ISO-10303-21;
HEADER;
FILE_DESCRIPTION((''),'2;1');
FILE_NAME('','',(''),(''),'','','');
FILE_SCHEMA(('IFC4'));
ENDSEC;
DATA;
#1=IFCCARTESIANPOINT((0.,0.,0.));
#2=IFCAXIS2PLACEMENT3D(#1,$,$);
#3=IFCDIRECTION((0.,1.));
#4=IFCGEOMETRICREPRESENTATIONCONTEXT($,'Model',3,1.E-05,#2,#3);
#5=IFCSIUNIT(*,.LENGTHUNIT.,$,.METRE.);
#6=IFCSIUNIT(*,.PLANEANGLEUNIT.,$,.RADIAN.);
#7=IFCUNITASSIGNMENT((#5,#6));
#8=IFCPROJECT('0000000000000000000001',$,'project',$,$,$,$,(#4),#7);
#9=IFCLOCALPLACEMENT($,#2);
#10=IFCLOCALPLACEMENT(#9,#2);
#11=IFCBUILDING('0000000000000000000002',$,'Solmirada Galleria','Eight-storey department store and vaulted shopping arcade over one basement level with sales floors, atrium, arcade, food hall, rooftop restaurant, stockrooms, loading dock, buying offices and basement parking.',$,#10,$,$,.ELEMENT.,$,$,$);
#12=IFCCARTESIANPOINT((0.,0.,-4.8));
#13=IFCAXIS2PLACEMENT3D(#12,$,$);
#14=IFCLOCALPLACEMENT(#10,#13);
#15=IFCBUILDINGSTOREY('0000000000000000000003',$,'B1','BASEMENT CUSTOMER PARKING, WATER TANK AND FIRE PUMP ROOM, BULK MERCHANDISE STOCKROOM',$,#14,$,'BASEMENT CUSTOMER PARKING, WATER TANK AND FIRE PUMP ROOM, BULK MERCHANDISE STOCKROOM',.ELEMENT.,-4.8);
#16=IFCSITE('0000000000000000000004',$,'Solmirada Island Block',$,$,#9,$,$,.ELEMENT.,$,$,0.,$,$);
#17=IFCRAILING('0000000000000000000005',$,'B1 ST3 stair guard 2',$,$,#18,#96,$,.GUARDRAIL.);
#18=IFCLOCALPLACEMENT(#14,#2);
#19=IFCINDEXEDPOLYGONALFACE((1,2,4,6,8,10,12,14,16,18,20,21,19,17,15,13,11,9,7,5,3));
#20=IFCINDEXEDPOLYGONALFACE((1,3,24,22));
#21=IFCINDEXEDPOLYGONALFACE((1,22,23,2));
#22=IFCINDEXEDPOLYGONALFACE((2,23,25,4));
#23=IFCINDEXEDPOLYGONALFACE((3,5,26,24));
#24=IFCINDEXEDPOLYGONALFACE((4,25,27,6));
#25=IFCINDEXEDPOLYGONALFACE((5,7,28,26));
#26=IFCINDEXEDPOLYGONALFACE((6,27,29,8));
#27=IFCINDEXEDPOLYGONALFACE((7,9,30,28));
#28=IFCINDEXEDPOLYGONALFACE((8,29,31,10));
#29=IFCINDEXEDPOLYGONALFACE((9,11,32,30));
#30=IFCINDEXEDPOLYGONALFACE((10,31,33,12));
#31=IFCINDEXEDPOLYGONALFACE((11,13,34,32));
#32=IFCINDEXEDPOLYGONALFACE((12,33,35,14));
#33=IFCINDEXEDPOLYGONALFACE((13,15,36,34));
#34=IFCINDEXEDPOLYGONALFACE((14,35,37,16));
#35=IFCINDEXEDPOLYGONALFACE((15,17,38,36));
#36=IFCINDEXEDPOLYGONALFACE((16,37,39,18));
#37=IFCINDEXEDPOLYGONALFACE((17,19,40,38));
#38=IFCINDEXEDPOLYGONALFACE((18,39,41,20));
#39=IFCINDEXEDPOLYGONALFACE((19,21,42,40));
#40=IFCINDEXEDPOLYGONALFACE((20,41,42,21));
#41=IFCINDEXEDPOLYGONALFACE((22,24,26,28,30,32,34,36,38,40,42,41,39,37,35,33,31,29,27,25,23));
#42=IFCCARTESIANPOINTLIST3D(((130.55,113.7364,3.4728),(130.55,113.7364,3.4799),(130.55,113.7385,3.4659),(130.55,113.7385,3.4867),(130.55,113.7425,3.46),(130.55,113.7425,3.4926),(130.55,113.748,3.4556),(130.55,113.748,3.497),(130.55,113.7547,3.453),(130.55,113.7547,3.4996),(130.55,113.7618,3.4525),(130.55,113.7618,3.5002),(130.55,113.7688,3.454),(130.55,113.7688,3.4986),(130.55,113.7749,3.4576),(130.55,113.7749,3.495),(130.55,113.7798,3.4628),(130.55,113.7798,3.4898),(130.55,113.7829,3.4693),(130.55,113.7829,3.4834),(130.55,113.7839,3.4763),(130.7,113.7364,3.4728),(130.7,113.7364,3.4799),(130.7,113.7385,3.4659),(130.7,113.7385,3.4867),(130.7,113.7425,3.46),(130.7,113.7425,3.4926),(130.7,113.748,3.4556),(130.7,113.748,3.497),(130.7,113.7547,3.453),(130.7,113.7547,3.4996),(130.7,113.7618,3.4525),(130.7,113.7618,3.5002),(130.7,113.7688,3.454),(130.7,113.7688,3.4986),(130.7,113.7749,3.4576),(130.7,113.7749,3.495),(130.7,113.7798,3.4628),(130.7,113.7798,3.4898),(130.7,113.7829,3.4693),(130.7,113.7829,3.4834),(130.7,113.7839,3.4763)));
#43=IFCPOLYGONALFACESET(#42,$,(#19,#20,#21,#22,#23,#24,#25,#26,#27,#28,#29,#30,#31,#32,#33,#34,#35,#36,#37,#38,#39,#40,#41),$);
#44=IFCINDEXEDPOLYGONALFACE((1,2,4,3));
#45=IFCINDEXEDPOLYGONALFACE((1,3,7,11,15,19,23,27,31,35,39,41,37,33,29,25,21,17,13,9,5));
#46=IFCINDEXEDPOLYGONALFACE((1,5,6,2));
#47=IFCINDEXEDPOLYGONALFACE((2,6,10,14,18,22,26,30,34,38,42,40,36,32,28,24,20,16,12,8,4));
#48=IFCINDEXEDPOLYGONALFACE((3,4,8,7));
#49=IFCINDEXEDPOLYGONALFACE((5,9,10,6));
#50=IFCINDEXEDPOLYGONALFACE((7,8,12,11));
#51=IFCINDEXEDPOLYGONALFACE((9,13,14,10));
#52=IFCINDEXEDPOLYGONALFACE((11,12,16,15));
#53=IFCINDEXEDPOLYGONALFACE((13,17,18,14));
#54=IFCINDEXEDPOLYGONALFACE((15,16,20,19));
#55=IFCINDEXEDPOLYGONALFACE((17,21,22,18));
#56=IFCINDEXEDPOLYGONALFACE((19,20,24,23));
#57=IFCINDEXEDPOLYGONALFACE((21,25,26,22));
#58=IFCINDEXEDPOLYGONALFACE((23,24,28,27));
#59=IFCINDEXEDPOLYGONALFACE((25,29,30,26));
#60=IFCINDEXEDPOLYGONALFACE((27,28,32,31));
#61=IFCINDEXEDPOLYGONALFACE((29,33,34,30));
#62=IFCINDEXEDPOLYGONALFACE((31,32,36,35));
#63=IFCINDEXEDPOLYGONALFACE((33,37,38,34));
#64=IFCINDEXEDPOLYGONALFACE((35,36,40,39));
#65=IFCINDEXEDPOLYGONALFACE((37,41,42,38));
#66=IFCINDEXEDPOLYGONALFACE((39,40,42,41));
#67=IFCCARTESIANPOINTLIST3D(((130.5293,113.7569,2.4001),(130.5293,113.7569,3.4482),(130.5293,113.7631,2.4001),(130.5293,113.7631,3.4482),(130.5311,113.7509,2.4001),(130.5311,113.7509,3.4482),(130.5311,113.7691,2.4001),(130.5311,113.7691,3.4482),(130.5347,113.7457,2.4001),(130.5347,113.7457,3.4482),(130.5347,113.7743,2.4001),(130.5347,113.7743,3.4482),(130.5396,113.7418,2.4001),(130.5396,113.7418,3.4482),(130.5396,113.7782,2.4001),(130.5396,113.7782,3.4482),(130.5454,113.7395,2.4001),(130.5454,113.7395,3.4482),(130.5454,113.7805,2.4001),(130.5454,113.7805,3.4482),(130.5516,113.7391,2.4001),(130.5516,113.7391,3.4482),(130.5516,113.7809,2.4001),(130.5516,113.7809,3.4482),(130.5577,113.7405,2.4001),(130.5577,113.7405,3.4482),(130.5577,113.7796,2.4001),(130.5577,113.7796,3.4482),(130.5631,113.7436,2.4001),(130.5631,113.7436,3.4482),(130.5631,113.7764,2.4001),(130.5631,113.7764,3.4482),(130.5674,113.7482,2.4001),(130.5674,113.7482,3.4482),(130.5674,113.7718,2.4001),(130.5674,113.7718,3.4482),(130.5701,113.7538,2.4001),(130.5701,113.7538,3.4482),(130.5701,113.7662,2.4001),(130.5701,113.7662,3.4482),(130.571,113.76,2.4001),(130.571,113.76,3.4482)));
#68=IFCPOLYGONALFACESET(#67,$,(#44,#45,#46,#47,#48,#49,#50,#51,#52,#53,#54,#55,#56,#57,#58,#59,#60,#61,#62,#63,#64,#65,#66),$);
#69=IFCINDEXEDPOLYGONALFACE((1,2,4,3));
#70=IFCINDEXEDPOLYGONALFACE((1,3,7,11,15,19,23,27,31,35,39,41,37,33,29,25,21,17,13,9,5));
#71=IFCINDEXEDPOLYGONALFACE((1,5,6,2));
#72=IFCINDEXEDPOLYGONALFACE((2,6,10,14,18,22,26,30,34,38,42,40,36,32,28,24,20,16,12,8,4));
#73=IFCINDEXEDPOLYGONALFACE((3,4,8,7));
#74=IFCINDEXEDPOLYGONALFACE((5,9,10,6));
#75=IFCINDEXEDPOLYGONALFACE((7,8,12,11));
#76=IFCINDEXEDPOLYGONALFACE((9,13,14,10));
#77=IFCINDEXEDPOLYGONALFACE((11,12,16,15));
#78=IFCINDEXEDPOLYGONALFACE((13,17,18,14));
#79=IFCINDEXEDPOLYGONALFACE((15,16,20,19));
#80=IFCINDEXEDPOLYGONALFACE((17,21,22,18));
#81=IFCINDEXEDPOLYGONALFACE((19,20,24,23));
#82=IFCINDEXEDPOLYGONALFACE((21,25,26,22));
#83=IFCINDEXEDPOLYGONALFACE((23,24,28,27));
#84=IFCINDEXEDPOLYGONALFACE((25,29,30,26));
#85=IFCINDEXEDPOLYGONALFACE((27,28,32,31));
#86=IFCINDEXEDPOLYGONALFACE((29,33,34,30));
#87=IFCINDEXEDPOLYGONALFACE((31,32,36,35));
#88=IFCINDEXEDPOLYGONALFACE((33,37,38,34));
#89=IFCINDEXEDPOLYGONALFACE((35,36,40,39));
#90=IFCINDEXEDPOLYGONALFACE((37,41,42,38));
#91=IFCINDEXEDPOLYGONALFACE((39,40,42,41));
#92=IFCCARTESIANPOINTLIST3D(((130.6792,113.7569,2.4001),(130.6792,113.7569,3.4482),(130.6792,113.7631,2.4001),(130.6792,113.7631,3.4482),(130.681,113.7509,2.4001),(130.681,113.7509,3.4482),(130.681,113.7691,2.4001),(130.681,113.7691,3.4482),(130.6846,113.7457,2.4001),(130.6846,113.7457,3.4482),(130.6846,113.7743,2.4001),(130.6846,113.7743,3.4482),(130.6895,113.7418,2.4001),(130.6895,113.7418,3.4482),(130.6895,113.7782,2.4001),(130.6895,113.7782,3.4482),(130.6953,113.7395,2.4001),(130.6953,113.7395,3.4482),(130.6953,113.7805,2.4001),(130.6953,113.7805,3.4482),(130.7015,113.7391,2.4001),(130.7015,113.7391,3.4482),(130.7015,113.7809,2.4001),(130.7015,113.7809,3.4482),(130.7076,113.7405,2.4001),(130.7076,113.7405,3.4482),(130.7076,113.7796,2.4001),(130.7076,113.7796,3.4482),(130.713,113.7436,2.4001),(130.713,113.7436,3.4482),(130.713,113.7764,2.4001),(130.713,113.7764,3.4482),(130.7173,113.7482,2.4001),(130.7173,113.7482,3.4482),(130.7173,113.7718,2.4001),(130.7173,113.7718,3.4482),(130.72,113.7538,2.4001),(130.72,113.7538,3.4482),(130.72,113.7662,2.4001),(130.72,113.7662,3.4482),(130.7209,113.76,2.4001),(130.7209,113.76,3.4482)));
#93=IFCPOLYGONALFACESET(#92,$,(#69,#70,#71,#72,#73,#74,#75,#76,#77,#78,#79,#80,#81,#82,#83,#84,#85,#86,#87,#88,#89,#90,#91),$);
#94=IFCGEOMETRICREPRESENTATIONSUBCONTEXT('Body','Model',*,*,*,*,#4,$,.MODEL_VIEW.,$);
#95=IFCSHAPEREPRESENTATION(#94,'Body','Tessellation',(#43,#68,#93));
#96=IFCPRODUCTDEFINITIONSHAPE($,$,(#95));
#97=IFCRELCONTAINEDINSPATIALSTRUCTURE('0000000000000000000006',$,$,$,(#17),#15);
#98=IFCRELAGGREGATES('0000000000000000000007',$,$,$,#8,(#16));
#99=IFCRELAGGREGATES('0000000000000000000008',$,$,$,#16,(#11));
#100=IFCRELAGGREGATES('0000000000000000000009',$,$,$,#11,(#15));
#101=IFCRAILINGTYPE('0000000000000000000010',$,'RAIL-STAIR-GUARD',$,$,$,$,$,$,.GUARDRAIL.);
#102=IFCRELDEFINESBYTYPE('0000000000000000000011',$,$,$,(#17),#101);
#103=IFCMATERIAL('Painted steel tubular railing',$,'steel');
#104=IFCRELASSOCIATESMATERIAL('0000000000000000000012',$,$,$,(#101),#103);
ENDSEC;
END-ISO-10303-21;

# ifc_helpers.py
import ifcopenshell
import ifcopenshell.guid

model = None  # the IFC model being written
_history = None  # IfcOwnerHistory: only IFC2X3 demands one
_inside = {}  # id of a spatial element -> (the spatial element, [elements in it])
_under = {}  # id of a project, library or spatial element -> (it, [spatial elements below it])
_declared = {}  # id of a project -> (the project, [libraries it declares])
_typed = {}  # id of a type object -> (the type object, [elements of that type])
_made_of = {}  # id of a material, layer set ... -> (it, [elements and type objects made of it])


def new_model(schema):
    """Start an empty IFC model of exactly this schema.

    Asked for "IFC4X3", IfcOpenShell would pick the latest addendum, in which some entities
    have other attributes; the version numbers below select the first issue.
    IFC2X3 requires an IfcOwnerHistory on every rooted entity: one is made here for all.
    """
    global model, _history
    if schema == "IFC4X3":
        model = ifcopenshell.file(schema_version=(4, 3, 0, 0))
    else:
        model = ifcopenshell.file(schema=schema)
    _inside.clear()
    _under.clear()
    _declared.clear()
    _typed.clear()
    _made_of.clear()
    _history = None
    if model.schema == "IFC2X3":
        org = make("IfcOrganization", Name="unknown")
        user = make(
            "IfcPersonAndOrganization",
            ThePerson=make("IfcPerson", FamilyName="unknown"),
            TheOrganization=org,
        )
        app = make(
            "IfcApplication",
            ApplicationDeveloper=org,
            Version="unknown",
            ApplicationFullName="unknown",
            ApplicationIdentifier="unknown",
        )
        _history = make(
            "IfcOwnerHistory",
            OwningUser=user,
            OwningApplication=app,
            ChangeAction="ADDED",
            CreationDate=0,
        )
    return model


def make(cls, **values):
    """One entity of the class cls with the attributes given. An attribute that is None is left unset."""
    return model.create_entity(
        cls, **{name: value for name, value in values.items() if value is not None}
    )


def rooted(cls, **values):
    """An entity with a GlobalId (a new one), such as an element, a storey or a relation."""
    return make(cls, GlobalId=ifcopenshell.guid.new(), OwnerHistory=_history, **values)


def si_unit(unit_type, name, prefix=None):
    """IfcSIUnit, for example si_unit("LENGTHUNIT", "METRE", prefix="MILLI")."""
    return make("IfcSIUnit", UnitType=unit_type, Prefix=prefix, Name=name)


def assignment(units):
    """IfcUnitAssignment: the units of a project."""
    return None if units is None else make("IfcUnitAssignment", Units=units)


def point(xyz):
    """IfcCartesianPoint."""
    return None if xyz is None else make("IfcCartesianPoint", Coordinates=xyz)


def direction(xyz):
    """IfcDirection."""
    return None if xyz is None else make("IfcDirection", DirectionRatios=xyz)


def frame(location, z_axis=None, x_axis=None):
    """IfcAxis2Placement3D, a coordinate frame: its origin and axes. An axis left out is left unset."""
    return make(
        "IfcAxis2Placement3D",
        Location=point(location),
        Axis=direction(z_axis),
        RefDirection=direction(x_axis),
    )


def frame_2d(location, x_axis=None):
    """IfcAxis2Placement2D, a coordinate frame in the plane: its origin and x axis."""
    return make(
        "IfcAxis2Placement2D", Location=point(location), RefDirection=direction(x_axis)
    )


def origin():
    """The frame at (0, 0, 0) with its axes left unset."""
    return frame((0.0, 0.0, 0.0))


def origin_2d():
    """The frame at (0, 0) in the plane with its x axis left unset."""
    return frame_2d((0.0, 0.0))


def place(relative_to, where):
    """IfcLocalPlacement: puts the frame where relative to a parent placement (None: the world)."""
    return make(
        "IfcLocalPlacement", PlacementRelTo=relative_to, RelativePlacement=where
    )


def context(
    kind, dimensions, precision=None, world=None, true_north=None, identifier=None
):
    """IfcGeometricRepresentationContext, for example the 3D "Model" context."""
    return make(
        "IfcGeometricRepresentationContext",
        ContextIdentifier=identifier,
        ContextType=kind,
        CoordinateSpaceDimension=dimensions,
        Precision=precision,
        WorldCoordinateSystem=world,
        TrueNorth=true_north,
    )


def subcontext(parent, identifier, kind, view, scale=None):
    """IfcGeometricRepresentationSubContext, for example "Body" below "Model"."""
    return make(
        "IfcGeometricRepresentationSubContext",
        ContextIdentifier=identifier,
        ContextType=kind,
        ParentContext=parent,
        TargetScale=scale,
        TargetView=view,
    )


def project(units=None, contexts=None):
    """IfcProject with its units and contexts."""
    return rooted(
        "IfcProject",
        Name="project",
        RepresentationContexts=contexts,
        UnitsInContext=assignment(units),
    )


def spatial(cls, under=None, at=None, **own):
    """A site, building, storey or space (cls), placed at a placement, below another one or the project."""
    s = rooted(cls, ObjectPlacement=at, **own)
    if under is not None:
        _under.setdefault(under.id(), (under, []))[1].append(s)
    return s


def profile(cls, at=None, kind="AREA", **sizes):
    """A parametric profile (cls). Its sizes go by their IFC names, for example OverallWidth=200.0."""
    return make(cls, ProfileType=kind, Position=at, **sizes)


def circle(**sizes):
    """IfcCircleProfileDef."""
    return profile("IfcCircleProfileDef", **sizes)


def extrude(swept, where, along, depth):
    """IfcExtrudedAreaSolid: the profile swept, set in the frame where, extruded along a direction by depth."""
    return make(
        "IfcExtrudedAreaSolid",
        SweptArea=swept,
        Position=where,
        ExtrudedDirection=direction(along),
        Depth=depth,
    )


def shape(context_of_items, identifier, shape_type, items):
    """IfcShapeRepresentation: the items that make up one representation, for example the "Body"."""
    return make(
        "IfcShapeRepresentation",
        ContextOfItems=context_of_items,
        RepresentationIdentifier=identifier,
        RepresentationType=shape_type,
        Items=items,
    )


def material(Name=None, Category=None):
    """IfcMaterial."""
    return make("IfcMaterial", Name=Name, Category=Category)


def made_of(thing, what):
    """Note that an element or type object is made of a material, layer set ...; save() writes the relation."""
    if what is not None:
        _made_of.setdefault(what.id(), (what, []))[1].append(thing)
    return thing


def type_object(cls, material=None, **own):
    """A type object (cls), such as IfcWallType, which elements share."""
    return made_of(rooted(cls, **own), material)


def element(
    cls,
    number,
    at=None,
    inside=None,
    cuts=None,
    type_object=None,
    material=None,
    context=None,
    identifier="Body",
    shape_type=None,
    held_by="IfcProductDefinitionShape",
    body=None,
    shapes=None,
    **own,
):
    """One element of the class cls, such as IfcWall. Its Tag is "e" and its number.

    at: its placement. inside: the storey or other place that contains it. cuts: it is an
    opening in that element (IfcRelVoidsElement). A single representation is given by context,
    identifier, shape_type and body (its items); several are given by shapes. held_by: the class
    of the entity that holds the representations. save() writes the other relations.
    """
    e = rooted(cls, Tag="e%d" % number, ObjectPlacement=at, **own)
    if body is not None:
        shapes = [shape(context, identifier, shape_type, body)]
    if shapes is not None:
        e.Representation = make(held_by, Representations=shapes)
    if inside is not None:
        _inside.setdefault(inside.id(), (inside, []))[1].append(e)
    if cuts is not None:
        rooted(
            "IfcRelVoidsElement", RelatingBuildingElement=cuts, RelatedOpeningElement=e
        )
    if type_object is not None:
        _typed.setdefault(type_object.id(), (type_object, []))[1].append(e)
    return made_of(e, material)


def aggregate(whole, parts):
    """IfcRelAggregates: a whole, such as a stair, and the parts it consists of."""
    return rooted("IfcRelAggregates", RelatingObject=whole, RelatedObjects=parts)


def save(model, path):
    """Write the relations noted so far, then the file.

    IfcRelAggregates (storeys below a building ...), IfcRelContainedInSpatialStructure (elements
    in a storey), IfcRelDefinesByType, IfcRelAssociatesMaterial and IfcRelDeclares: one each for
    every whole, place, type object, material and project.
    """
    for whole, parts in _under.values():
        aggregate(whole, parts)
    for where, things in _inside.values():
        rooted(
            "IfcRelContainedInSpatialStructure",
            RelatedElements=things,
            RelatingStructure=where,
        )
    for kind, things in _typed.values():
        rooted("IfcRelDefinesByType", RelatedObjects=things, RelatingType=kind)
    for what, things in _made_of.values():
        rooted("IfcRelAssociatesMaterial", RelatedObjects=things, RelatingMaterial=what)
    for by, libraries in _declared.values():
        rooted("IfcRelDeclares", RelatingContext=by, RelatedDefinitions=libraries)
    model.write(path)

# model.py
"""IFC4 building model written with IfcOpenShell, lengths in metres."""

from ifc_helpers import new_model, si_unit, direction, frame, origin, origin_2d, place, context, subcontext, project, spatial, circle, extrude, material, type_object, element, save


model = new_model("IFC4")

# Units and contexts
model_context = context("Model", 3, precision=1e-05, world=origin(), true_north=direction((0.0, 1.0)))
body_context = subcontext(model_context, "Body", "Model", "MODEL_VIEW")
ifc_project = project(units=[si_unit("LENGTHUNIT", "METRE"), si_unit("PLANEANGLEUNIT", "RADIAN")], contexts=[model_context])

# Site, building, storey
site_placement = place(None, origin())
site = spatial("IfcSite", under=ifc_project, at=site_placement, Name="Solmirada Island Block", CompositionType="ELEMENT", RefElevation=0.0)
building_placement = place(site_placement, origin())
building = spatial("IfcBuilding", under=site, at=building_placement, Name="Solmirada Galleria", Description="Eight-storey department store and vaulted shopping arcade over one basement level with sales floors, atrium, arcade, food hall, rooftop restaurant, stockrooms, loading dock, buying offices and basement parking.", CompositionType="ELEMENT")
storey_placement = place(building_placement, frame((0.0, 0.0, -4.8)))
storey = spatial("IfcBuildingStorey", under=building, at=storey_placement, Name="B1", Description="BASEMENT CUSTOMER PARKING, WATER TANK AND FIRE PUMP ROOM, BULK MERCHANDISE STOCKROOM", LongName="BASEMENT CUSTOMER PARKING, WATER TANK AND FIRE PUMP ROOM, BULK MERCHANDISE STOCKROOM", CompositionType="ELEMENT", Elevation=-4.8)

# Railing
ifc_material_1 = material(Name="Painted steel tubular railing", Category="steel")
railing_type_1 = type_object("IfcRailingType", Name="RAIL-STAIR-GUARD", PredefinedType="GUARDRAIL", material=ifc_material_1)
railing_1_placement = place(storey_placement, frame((130.55, 113.76, 2.4001)))
element("IfcRailing", 1, at=railing_1_placement, inside=storey, type_object=railing_type_1, Name="B1 ST3 stair guard 2", PredefinedType="GUARDRAIL", context=body_context, shape_type="SweptSolid", body=[
    extrude(circle(Radius=0.0239, at=origin_2d()), frame((0.0, 0.0, 1.0762), z_axis=(1.0, 0.0, 0.0), x_axis=(0.0, 1.0, 0.0)), (0.0, 0.0, 1.0), 0.1499),
    extrude(circle(Radius=0.021, at=origin_2d()), origin(), (0.0, 0.0, 1.0), 1.0481),
    extrude(circle(Radius=0.021, at=origin_2d()), frame((0.1499, 0.0, 0.0)), (0.0, 0.0, 1.0), 1.0481),
])

save(model, "model.ifc")
